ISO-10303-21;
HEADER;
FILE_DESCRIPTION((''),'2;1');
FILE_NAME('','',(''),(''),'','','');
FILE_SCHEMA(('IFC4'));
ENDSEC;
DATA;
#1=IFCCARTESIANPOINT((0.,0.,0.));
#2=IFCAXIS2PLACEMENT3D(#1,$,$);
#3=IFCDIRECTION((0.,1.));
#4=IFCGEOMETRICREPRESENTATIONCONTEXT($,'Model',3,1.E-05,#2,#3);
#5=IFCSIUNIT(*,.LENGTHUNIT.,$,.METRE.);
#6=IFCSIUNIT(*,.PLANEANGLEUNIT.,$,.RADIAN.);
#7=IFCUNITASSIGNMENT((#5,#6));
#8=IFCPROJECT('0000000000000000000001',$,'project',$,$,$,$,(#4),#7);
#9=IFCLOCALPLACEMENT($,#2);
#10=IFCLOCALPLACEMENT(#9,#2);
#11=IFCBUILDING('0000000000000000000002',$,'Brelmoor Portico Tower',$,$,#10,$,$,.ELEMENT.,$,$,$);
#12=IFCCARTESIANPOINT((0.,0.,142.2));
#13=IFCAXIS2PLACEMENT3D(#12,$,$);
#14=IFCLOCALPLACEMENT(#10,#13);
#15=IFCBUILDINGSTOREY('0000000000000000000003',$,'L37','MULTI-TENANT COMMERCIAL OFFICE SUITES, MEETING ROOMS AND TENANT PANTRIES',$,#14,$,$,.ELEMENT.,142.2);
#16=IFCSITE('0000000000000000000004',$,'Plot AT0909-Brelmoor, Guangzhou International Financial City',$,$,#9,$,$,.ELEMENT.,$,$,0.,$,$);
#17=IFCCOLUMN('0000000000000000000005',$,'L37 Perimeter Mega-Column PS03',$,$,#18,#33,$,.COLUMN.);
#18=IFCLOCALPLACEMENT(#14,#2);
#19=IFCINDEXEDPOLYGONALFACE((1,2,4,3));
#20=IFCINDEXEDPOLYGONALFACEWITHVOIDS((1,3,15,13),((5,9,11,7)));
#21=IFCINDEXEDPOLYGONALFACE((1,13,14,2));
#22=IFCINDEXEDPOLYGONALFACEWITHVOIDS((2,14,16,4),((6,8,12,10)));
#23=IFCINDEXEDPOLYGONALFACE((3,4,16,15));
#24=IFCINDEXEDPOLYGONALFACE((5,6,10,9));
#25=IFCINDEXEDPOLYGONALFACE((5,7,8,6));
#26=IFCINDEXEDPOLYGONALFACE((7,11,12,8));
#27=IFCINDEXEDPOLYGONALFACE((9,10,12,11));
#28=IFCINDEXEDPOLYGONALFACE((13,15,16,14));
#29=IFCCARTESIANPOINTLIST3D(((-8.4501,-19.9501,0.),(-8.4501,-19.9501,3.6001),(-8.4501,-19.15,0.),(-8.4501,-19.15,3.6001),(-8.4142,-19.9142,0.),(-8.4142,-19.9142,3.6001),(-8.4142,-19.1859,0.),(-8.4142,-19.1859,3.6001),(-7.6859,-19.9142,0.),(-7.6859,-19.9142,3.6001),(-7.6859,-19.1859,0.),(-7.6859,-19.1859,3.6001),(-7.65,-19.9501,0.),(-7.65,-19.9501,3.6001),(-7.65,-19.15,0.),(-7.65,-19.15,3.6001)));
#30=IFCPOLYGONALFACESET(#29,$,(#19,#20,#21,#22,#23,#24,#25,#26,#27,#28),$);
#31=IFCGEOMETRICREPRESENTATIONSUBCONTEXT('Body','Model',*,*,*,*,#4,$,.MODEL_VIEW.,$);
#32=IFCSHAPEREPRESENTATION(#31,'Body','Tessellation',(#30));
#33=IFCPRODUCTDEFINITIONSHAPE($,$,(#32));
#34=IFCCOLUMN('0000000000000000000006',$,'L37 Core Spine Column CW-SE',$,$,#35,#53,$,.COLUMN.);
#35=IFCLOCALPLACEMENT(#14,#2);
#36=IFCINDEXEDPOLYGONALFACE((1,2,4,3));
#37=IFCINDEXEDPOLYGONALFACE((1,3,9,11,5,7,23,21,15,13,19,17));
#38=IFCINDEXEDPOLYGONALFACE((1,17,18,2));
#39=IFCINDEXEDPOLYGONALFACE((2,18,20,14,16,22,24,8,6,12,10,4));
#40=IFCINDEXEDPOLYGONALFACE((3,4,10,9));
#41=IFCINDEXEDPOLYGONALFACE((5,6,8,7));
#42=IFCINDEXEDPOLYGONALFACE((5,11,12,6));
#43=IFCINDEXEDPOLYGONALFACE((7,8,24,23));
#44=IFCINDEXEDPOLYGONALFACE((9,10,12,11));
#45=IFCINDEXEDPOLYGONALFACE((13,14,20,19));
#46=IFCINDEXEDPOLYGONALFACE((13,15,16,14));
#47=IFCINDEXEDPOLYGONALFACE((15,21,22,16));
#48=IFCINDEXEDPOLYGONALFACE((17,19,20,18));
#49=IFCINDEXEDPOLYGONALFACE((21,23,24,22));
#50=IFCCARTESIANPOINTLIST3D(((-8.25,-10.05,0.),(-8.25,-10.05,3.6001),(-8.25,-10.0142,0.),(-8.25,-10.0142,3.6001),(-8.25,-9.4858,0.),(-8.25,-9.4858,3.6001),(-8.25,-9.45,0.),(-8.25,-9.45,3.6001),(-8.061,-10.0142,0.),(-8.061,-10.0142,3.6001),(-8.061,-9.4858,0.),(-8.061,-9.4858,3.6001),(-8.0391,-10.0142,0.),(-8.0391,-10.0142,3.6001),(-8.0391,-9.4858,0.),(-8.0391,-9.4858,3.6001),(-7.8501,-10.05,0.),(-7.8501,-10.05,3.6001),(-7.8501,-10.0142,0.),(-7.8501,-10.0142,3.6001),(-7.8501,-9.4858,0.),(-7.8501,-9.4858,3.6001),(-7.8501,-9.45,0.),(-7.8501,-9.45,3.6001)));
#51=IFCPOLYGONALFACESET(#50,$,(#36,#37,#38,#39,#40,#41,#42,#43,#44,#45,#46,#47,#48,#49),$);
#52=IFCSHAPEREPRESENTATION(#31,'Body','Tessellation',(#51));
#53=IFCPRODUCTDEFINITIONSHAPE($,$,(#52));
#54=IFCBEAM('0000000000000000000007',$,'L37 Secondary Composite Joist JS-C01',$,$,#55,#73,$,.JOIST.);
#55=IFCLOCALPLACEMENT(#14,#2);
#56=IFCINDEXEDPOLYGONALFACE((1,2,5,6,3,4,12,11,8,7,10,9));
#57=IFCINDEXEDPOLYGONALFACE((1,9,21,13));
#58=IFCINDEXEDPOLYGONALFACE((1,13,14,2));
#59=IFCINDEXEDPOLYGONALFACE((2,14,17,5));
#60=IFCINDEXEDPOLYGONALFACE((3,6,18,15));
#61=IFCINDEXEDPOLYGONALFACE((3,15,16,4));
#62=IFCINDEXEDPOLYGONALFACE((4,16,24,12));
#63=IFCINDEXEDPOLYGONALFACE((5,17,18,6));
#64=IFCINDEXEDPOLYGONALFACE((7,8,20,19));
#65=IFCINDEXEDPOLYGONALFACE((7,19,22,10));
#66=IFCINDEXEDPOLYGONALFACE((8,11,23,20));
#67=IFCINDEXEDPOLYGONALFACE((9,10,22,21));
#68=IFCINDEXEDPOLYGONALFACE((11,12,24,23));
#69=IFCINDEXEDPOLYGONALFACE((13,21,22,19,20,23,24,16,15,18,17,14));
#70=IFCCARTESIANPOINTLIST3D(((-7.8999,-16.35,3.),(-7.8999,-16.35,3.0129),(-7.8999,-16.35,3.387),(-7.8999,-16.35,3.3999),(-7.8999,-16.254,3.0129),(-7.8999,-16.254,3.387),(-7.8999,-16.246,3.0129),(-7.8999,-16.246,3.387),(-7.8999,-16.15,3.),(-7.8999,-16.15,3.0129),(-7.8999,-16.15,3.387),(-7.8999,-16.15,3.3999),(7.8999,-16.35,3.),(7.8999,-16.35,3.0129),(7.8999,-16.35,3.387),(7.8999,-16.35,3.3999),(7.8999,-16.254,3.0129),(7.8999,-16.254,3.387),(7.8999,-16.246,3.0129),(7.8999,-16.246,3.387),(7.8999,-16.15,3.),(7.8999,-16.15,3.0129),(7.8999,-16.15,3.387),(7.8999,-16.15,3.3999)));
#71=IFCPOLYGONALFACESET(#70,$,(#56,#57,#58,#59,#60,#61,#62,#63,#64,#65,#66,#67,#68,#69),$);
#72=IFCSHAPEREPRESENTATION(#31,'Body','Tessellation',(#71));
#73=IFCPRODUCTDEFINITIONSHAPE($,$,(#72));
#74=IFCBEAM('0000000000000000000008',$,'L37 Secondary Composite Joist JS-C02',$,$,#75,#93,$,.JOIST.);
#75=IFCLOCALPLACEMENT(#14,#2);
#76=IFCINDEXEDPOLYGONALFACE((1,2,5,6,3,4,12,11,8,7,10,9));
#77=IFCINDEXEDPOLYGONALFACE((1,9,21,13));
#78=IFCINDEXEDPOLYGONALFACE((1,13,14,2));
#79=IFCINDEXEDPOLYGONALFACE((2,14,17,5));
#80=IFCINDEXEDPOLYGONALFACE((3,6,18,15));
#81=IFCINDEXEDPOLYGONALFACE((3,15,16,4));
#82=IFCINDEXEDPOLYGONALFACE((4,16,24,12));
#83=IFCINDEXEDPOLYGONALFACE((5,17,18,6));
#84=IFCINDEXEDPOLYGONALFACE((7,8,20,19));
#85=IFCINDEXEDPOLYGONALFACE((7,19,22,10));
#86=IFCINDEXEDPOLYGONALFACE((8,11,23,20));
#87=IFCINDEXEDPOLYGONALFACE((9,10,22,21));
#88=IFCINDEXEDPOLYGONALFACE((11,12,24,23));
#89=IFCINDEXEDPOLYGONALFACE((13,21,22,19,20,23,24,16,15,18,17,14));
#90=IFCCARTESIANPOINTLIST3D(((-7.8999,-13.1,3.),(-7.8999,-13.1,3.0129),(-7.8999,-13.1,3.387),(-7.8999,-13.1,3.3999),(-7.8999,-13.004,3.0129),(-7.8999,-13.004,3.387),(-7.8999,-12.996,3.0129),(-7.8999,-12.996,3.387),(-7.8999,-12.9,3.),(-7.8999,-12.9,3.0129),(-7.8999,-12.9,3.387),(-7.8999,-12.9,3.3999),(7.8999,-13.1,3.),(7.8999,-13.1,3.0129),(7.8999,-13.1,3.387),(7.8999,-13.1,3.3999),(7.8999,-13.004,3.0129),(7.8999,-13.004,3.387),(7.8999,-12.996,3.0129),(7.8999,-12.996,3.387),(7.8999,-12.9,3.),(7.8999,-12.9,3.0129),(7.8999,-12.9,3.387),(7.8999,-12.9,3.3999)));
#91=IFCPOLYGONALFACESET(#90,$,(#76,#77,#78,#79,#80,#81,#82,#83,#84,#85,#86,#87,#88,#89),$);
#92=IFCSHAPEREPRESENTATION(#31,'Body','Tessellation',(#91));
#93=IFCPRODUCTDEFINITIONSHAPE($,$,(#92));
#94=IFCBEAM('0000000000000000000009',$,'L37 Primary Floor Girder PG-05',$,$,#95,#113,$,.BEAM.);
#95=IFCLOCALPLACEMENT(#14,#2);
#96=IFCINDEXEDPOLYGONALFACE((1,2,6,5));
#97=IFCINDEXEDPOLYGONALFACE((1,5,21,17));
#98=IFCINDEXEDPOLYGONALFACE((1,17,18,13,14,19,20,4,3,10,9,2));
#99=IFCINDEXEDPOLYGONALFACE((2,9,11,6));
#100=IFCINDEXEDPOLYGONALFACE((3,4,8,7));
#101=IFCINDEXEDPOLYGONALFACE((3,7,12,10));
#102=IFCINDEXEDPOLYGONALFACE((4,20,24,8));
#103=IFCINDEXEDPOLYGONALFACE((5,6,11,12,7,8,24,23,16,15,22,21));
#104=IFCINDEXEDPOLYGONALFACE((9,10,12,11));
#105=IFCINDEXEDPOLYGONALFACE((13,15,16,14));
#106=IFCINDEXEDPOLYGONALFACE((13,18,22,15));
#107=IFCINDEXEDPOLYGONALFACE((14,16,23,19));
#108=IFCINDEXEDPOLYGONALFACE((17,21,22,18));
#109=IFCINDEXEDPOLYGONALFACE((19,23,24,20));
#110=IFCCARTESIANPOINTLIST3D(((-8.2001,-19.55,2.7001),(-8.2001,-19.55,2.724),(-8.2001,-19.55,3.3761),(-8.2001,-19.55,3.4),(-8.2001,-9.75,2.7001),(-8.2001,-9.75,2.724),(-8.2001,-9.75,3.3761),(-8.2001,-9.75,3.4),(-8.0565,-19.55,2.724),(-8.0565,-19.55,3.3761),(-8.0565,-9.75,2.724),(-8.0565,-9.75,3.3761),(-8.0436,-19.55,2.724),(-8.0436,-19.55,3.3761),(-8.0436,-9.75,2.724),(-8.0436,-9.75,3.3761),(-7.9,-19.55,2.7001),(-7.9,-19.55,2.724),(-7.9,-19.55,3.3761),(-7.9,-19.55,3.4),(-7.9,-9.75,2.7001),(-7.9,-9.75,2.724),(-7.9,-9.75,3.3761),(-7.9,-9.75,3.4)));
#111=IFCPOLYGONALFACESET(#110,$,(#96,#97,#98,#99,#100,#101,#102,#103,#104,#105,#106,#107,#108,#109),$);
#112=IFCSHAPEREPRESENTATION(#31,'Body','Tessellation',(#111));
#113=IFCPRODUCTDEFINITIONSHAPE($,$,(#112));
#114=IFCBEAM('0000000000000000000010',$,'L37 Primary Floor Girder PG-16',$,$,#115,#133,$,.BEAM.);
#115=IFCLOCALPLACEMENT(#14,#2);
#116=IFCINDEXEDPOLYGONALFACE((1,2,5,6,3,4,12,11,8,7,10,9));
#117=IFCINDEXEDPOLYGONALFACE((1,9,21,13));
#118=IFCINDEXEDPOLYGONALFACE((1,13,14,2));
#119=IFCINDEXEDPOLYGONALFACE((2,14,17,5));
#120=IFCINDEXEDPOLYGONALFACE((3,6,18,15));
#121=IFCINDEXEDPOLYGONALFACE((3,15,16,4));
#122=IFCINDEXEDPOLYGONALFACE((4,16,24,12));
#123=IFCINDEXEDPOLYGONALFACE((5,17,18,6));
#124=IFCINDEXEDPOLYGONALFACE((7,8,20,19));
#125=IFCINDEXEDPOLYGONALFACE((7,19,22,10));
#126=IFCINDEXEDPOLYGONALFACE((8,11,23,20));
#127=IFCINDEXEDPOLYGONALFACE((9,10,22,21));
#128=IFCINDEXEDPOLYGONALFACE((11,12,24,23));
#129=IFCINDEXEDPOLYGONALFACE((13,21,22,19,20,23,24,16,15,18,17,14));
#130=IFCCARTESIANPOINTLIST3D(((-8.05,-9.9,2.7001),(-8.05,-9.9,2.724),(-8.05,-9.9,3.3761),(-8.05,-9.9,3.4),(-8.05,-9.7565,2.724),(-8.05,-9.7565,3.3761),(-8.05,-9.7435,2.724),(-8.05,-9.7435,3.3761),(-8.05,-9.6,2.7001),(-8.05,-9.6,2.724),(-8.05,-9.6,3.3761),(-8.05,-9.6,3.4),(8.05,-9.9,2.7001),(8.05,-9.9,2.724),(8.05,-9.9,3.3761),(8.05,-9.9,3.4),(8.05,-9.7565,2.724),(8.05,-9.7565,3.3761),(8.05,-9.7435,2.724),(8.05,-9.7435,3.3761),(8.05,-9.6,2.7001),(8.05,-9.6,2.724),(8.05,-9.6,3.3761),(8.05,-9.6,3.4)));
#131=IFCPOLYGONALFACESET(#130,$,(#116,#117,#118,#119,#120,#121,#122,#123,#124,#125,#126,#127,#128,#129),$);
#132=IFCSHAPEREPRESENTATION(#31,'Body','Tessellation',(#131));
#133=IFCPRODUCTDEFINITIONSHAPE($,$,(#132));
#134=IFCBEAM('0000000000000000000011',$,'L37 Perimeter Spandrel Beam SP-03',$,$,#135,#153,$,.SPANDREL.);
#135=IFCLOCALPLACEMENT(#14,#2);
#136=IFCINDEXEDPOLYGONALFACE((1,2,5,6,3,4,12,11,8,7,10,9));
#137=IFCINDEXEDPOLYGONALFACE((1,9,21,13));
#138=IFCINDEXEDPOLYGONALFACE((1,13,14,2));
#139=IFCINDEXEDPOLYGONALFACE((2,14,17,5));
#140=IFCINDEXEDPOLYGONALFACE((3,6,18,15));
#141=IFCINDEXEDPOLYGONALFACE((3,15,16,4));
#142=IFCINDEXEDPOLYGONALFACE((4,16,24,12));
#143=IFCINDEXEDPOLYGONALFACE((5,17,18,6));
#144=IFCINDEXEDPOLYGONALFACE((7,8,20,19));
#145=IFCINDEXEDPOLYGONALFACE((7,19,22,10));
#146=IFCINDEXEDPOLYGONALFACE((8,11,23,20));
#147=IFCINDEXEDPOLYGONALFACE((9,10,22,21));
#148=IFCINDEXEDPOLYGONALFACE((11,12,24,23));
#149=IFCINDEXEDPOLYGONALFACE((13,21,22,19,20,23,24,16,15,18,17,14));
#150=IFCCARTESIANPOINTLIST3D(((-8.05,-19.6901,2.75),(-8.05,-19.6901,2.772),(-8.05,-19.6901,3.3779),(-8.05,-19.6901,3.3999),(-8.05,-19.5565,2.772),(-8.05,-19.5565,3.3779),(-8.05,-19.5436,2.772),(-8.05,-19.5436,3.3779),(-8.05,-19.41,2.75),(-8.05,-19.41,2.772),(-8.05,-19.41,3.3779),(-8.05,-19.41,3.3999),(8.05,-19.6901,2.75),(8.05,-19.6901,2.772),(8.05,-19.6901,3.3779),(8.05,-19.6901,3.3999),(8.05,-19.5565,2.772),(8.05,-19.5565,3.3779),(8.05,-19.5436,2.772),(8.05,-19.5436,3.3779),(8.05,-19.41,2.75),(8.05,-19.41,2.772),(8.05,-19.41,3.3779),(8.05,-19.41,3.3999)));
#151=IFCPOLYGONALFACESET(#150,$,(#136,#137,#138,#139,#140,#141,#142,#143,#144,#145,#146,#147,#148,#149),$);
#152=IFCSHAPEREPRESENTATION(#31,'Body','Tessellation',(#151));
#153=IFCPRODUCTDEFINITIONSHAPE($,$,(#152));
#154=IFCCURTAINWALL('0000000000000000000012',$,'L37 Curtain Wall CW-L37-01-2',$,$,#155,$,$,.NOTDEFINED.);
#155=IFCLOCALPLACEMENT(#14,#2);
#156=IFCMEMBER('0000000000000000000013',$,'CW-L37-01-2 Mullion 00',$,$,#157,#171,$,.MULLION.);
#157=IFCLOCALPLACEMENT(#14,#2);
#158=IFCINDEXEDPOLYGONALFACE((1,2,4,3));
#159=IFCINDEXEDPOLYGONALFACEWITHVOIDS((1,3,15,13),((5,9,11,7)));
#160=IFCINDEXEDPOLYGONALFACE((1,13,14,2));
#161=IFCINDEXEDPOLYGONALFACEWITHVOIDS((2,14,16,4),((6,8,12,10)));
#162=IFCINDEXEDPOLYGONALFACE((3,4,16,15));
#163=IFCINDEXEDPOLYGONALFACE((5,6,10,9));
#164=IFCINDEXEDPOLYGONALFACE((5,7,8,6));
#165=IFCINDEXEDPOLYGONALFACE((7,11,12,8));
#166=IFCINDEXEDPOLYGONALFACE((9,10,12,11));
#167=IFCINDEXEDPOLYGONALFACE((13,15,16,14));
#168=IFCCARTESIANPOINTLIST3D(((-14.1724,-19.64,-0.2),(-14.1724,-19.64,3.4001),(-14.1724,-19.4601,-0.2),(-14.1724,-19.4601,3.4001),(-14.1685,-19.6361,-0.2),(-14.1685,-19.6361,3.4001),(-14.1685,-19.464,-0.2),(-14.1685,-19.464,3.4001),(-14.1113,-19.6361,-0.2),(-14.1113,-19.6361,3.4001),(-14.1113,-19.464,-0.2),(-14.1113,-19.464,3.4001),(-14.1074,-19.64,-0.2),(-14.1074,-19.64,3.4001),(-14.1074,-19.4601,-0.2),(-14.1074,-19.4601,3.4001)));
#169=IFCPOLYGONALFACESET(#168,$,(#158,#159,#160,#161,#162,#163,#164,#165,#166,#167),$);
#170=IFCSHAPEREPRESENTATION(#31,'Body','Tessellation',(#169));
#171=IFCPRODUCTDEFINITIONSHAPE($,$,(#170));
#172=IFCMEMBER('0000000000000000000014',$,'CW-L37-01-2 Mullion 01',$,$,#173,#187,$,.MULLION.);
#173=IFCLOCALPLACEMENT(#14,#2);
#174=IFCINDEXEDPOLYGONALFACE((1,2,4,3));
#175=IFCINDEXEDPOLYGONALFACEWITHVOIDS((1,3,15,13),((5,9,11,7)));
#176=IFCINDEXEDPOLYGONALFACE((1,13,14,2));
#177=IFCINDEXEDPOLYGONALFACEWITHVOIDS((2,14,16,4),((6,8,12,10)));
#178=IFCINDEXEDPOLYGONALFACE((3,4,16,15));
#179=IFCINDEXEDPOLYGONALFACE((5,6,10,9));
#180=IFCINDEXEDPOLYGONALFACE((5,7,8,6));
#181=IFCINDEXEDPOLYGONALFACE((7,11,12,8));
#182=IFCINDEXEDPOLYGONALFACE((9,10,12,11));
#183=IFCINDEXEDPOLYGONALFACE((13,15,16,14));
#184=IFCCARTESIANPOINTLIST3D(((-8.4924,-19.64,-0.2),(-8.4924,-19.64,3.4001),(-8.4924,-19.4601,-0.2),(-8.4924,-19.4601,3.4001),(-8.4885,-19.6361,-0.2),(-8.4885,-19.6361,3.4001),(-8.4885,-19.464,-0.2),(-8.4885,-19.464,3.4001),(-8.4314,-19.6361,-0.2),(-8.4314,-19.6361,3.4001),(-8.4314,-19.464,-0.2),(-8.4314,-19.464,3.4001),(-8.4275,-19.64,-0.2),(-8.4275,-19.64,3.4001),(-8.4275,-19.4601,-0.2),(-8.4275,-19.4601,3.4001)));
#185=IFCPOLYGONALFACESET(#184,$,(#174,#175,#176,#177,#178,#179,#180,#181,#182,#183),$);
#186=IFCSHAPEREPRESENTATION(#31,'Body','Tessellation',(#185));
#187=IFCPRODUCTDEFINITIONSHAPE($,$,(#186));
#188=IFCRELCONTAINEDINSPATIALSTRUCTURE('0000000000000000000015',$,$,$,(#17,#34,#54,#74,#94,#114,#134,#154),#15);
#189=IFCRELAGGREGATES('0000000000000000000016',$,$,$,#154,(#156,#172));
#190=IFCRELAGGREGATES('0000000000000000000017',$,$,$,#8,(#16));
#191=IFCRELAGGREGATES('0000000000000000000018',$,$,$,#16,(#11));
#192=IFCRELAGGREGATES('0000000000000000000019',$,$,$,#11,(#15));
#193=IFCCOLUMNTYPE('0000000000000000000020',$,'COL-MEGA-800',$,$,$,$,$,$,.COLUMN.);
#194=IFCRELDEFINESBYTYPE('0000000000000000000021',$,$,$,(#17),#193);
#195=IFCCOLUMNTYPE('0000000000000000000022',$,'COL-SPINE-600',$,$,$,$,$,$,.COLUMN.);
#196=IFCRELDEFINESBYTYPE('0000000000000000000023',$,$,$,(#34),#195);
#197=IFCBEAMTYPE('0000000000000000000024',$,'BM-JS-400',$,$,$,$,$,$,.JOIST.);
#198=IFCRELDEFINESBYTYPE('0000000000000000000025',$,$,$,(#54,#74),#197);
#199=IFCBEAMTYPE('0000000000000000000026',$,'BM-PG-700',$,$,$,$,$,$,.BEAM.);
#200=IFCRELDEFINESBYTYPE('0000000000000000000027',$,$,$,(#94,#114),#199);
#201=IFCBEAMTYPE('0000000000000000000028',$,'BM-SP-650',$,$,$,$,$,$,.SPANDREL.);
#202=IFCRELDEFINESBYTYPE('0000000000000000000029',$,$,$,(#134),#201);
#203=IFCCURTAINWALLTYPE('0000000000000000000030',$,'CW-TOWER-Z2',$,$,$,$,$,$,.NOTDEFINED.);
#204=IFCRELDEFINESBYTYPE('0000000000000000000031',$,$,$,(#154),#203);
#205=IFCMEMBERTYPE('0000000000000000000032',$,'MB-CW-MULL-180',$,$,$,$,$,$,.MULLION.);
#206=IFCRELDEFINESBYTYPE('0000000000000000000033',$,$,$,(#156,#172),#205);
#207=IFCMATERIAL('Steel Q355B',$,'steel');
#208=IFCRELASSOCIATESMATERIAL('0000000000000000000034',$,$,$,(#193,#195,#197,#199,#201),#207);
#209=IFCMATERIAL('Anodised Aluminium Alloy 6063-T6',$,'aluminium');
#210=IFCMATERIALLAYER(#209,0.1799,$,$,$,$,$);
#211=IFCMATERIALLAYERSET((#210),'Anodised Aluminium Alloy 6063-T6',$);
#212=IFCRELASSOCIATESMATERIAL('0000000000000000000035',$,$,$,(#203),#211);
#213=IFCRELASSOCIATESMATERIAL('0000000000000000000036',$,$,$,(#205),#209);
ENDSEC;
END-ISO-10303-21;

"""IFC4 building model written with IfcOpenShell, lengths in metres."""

from ifc_helpers import new_model, si_unit, direction, frame, origin, origin_2d, place, context, subcontext, project, spatial, hollow_rectangle, i_section, extrude, material, layer, layer_set, material_profile, profile_set, type_object, element, aggregate, save


model = new_model("IFC4")

# Units and contexts
model_context = context("Model", 3, precision=1e-05, world=origin(), true_north=direction((0.0, 1.0)))
body_context = subcontext(model_context, "Body", "Model", "MODEL_VIEW")
ifc_project = project(units=[si_unit("LENGTHUNIT", "METRE"), si_unit("PLANEANGLEUNIT", "RADIAN")], contexts=[model_context])

# Site, building, storey
site_placement = place(None, origin())
site = spatial("IfcSite", under=ifc_project, at=site_placement, Name="Plot AT0909-Brelmoor, Guangzhou International Financial City", CompositionType="ELEMENT", RefElevation=0.0)
building_placement = place(site_placement, origin())
building = spatial("IfcBuilding", under=site, at=building_placement, Name="Brelmoor Portico Tower", CompositionType="ELEMENT")
storey_placement = place(building_placement, frame((0.0, 0.0, 142.2)))
storey = spatial("IfcBuildingStorey", under=building, at=storey_placement, Name="L37", Description="MULTI-TENANT COMMERCIAL OFFICE SUITES, MEETING ROOMS AND TENANT PANTRIES", CompositionType="ELEMENT", Elevation=142.2)

# Columns
ifc_material_1 = material(Name="Steel Q355B", Category="steel")
ifc_material_profile_1 = material_profile(ifc_material_1, hollow_rectangle(XDim=0.8, YDim=0.8, WallThickness=0.0359, at=origin_2d()), Name="BOX 800x800x36")
ifc_profile_set_1 = profile_set([ifc_material_profile_1], Name="Steel Q355B")
column_type_1 = type_object("IfcColumnType", Name="COL-MEGA-800", PredefinedType="COLUMN", material=ifc_profile_set_1)
column_1_placement = place(storey_placement, frame((-8.05, -19.55, 0.0), z_axis=(0.0, 0.0, 1.0), x_axis=(1.0, 0.0, 0.0)))
element("IfcColumn", 1, at=column_1_placement, inside=storey, type_object=column_type_1, Name="L37 Perimeter Mega-Column PS03", PredefinedType="COLUMN", context=body_context, shape_type="SweptSolid", body=[
    extrude(hollow_rectangle(XDim=0.8, YDim=0.8, WallThickness=0.0359, at=origin_2d()), origin(), (0.0, 0.0, 1.0), 3.6001),
])
ifc_material_profile_2 = material_profile(ifc_material_1, i_section(OverallWidth=0.3999, OverallDepth=0.6001, WebThickness=0.022, FlangeThickness=0.0359, at=origin_2d()), Name="HW 600x400x22x36")
ifc_profile_set_2 = profile_set([ifc_material_profile_2], Name="Steel Q355B")
column_type_2 = type_object("IfcColumnType", Name="COL-SPINE-600", PredefinedType="COLUMN", material=ifc_profile_set_2)
column_2_placement = place(storey_placement, frame((-8.05, -9.75, 0.0), z_axis=(0.0, 0.0, 1.0), x_axis=(1.0, 0.0, 0.0)))
element("IfcColumn", 2, at=column_2_placement, inside=storey, type_object=column_type_2, Name="L37 Core Spine Column CW-SE", PredefinedType="COLUMN", context=body_context, shape_type="SweptSolid", body=[
    extrude(i_section(OverallWidth=0.3999, OverallDepth=0.6001, WebThickness=0.022, FlangeThickness=0.0359, at=origin_2d()), origin(), (0.0, 0.0, 1.0), 3.6001),
])

# Beams
ifc_material_profile_3 = material_profile(ifc_material_1, i_section(OverallWidth=0.2, OverallDepth=0.3999, WebThickness=0.0081, FlangeThickness=0.0129, at=origin_2d()), Name="HN 400x200x8x13")
ifc_profile_set_3 = profile_set([ifc_material_profile_3], Name="Steel Q355B")
beam_type_1 = type_object("IfcBeamType", Name="BM-JS-400", PredefinedType="JOIST", material=ifc_profile_set_3)
for number, where, z_axis, x_axis, name in (
    (3, (-7.8999, -16.25, 3.2), (1.0, 0.0, 0.0), (0.0, 1.0, 0.0), "L37 Secondary Composite Joist JS-C01"),
    (4, (-7.8999, -13.0, 3.2), (1.0, 0.0, 0.0), (0.0, 1.0, 0.0), "L37 Secondary Composite Joist JS-C02"),
):
    element("IfcBeam", number, at=place(storey_placement, frame(where, z_axis=z_axis, x_axis=x_axis)), inside=storey, type_object=beam_type_1, Name=name, PredefinedType="JOIST", context=body_context, shape_type="SweptSolid", body=[
        extrude(i_section(OverallWidth=0.2, OverallDepth=0.3999, WebThickness=0.0081, FlangeThickness=0.0129, at=origin_2d()), origin(), (0.0, 0.0, 1.0), 15.7998),
    ])
ifc_material_profile_4 = material_profile(ifc_material_1, i_section(OverallWidth=0.3, OverallDepth=0.7, WebThickness=0.0129, FlangeThickness=0.0239, at=origin_2d()), Name="HN 700x300x13x24")
ifc_profile_set_4 = profile_set([ifc_material_profile_4], Name="Steel Q355B")
beam_type_2 = type_object("IfcBeamType", Name="BM-PG-700", PredefinedType="BEAM", material=ifc_profile_set_4)
beam_1_placement = place(storey_placement, frame((-8.05, -19.55, 3.05), z_axis=(0.0, 1.0, 0.0), x_axis=(-1.0, 0.0, 0.0)))
element("IfcBeam", 5, at=beam_1_placement, inside=storey, type_object=beam_type_2, Name="L37 Primary Floor Girder PG-05", PredefinedType="BEAM", context=body_context, shape_type="SweptSolid", body=[
    extrude(i_section(OverallWidth=0.3, OverallDepth=0.7, WebThickness=0.0129, FlangeThickness=0.0239, at=origin_2d()), origin(), (0.0, 0.0, 1.0), 9.8),
])
beam_2_placement = place(storey_placement, frame((-8.05, -9.75, 3.05), z_axis=(1.0, 0.0, 0.0), x_axis=(0.0, 1.0, 0.0)))
element("IfcBeam", 6, at=beam_2_placement, inside=storey, type_object=beam_type_2, Name="L37 Primary Floor Girder PG-16", PredefinedType="BEAM", context=body_context, shape_type="SweptSolid", body=[
    extrude(i_section(OverallWidth=0.3, OverallDepth=0.7, WebThickness=0.0129, FlangeThickness=0.0239, at=origin_2d()), origin(), (0.0, 0.0, 1.0), 16.1001),
])
ifc_material_profile_5 = material_profile(ifc_material_1, i_section(OverallWidth=0.28, OverallDepth=0.6499, WebThickness=0.0129, FlangeThickness=0.022, at=origin_2d()), Name="HN 650x280x13x22")
ifc_profile_set_5 = profile_set([ifc_material_profile_5], Name="Steel Q355B")
beam_type_3 = type_object("IfcBeamType", Name="BM-SP-650", PredefinedType="SPANDREL", material=ifc_profile_set_5)
beam_3_placement = place(storey_placement, frame((-8.05, -19.55, 3.075), z_axis=(1.0, 0.0, 0.0), x_axis=(0.0, 1.0, 0.0)))
element("IfcBeam", 7, at=beam_3_placement, inside=storey, type_object=beam_type_3, Name="L37 Perimeter Spandrel Beam SP-03", PredefinedType="SPANDREL", context=body_context, shape_type="SweptSolid", body=[
    extrude(i_section(OverallWidth=0.28, OverallDepth=0.6499, WebThickness=0.0129, FlangeThickness=0.022, at=origin_2d()), origin(), (0.0, 0.0, 1.0), 16.1001),
])

# Curtain wall, members
ifc_material_2 = material(Name="Anodised Aluminium Alloy 6063-T6", Category="aluminium")
ifc_layer_1 = layer(ifc_material_2, 0.1799)
ifc_layer_set_1 = layer_set([ifc_layer_1], Name="Anodised Aluminium Alloy 6063-T6")
curtain_wall_type = type_object("IfcCurtainWallType", Name="CW-TOWER-Z2", PredefinedType="NOTDEFINED", material=ifc_layer_set_1)
curtain_wall_1_placement = place(storey_placement, origin())
curtain_wall_1 = element("IfcCurtainWall", 8, at=curtain_wall_1_placement, inside=storey, type_object=curtain_wall_type, Name="L37 Curtain Wall CW-L37-01-2", PredefinedType="NOTDEFINED")
ifc_material_profile_6 = material_profile(ifc_material_2, hollow_rectangle(XDim=0.0649, YDim=0.1799, WallThickness=0.0039, at=origin_2d()), Name="ALU MULLION 65x180")
ifc_profile_set_6 = profile_set([ifc_material_profile_6], Name="Anodised Aluminium Alloy 6063-T6")
member_type_1 = type_object("IfcMemberType", Name="MB-CW-MULL-180", PredefinedType="MULLION", material=ifc_profile_set_6)
member_1_placement = place(storey_placement, frame((-14.1399, -19.55, -0.2), z_axis=(0.0, 0.0, 1.0), x_axis=(1.0, 0.0, 0.0)))
member_1 = element("IfcMember", 9, at=member_1_placement, type_object=member_type_1, Name="CW-L37-01-2 Mullion 00", PredefinedType="MULLION", context=body_context, shape_type="SweptSolid", body=[
    extrude(hollow_rectangle(XDim=0.0649, YDim=0.1799, WallThickness=0.0039, at=origin_2d()), origin(), (0.0, 0.0, 1.0), 3.6001),
])
member_2_placement = place(storey_placement, frame((-8.46, -19.55, -0.2), z_axis=(0.0, 0.0, 1.0), x_axis=(1.0, 0.0, 0.0)))
member_2 = element("IfcMember", 10, at=member_2_placement, type_object=member_type_1, Name="CW-L37-01-2 Mullion 01", PredefinedType="MULLION", context=body_context, shape_type="SweptSolid", body=[
    extrude(hollow_rectangle(XDim=0.0649, YDim=0.1799, WallThickness=0.0039, at=origin_2d()), origin(), (0.0, 0.0, 1.0), 3.6001),
])

aggregate(curtain_wall_1, [member_1, member_2])

save(model, "model.ifc")
